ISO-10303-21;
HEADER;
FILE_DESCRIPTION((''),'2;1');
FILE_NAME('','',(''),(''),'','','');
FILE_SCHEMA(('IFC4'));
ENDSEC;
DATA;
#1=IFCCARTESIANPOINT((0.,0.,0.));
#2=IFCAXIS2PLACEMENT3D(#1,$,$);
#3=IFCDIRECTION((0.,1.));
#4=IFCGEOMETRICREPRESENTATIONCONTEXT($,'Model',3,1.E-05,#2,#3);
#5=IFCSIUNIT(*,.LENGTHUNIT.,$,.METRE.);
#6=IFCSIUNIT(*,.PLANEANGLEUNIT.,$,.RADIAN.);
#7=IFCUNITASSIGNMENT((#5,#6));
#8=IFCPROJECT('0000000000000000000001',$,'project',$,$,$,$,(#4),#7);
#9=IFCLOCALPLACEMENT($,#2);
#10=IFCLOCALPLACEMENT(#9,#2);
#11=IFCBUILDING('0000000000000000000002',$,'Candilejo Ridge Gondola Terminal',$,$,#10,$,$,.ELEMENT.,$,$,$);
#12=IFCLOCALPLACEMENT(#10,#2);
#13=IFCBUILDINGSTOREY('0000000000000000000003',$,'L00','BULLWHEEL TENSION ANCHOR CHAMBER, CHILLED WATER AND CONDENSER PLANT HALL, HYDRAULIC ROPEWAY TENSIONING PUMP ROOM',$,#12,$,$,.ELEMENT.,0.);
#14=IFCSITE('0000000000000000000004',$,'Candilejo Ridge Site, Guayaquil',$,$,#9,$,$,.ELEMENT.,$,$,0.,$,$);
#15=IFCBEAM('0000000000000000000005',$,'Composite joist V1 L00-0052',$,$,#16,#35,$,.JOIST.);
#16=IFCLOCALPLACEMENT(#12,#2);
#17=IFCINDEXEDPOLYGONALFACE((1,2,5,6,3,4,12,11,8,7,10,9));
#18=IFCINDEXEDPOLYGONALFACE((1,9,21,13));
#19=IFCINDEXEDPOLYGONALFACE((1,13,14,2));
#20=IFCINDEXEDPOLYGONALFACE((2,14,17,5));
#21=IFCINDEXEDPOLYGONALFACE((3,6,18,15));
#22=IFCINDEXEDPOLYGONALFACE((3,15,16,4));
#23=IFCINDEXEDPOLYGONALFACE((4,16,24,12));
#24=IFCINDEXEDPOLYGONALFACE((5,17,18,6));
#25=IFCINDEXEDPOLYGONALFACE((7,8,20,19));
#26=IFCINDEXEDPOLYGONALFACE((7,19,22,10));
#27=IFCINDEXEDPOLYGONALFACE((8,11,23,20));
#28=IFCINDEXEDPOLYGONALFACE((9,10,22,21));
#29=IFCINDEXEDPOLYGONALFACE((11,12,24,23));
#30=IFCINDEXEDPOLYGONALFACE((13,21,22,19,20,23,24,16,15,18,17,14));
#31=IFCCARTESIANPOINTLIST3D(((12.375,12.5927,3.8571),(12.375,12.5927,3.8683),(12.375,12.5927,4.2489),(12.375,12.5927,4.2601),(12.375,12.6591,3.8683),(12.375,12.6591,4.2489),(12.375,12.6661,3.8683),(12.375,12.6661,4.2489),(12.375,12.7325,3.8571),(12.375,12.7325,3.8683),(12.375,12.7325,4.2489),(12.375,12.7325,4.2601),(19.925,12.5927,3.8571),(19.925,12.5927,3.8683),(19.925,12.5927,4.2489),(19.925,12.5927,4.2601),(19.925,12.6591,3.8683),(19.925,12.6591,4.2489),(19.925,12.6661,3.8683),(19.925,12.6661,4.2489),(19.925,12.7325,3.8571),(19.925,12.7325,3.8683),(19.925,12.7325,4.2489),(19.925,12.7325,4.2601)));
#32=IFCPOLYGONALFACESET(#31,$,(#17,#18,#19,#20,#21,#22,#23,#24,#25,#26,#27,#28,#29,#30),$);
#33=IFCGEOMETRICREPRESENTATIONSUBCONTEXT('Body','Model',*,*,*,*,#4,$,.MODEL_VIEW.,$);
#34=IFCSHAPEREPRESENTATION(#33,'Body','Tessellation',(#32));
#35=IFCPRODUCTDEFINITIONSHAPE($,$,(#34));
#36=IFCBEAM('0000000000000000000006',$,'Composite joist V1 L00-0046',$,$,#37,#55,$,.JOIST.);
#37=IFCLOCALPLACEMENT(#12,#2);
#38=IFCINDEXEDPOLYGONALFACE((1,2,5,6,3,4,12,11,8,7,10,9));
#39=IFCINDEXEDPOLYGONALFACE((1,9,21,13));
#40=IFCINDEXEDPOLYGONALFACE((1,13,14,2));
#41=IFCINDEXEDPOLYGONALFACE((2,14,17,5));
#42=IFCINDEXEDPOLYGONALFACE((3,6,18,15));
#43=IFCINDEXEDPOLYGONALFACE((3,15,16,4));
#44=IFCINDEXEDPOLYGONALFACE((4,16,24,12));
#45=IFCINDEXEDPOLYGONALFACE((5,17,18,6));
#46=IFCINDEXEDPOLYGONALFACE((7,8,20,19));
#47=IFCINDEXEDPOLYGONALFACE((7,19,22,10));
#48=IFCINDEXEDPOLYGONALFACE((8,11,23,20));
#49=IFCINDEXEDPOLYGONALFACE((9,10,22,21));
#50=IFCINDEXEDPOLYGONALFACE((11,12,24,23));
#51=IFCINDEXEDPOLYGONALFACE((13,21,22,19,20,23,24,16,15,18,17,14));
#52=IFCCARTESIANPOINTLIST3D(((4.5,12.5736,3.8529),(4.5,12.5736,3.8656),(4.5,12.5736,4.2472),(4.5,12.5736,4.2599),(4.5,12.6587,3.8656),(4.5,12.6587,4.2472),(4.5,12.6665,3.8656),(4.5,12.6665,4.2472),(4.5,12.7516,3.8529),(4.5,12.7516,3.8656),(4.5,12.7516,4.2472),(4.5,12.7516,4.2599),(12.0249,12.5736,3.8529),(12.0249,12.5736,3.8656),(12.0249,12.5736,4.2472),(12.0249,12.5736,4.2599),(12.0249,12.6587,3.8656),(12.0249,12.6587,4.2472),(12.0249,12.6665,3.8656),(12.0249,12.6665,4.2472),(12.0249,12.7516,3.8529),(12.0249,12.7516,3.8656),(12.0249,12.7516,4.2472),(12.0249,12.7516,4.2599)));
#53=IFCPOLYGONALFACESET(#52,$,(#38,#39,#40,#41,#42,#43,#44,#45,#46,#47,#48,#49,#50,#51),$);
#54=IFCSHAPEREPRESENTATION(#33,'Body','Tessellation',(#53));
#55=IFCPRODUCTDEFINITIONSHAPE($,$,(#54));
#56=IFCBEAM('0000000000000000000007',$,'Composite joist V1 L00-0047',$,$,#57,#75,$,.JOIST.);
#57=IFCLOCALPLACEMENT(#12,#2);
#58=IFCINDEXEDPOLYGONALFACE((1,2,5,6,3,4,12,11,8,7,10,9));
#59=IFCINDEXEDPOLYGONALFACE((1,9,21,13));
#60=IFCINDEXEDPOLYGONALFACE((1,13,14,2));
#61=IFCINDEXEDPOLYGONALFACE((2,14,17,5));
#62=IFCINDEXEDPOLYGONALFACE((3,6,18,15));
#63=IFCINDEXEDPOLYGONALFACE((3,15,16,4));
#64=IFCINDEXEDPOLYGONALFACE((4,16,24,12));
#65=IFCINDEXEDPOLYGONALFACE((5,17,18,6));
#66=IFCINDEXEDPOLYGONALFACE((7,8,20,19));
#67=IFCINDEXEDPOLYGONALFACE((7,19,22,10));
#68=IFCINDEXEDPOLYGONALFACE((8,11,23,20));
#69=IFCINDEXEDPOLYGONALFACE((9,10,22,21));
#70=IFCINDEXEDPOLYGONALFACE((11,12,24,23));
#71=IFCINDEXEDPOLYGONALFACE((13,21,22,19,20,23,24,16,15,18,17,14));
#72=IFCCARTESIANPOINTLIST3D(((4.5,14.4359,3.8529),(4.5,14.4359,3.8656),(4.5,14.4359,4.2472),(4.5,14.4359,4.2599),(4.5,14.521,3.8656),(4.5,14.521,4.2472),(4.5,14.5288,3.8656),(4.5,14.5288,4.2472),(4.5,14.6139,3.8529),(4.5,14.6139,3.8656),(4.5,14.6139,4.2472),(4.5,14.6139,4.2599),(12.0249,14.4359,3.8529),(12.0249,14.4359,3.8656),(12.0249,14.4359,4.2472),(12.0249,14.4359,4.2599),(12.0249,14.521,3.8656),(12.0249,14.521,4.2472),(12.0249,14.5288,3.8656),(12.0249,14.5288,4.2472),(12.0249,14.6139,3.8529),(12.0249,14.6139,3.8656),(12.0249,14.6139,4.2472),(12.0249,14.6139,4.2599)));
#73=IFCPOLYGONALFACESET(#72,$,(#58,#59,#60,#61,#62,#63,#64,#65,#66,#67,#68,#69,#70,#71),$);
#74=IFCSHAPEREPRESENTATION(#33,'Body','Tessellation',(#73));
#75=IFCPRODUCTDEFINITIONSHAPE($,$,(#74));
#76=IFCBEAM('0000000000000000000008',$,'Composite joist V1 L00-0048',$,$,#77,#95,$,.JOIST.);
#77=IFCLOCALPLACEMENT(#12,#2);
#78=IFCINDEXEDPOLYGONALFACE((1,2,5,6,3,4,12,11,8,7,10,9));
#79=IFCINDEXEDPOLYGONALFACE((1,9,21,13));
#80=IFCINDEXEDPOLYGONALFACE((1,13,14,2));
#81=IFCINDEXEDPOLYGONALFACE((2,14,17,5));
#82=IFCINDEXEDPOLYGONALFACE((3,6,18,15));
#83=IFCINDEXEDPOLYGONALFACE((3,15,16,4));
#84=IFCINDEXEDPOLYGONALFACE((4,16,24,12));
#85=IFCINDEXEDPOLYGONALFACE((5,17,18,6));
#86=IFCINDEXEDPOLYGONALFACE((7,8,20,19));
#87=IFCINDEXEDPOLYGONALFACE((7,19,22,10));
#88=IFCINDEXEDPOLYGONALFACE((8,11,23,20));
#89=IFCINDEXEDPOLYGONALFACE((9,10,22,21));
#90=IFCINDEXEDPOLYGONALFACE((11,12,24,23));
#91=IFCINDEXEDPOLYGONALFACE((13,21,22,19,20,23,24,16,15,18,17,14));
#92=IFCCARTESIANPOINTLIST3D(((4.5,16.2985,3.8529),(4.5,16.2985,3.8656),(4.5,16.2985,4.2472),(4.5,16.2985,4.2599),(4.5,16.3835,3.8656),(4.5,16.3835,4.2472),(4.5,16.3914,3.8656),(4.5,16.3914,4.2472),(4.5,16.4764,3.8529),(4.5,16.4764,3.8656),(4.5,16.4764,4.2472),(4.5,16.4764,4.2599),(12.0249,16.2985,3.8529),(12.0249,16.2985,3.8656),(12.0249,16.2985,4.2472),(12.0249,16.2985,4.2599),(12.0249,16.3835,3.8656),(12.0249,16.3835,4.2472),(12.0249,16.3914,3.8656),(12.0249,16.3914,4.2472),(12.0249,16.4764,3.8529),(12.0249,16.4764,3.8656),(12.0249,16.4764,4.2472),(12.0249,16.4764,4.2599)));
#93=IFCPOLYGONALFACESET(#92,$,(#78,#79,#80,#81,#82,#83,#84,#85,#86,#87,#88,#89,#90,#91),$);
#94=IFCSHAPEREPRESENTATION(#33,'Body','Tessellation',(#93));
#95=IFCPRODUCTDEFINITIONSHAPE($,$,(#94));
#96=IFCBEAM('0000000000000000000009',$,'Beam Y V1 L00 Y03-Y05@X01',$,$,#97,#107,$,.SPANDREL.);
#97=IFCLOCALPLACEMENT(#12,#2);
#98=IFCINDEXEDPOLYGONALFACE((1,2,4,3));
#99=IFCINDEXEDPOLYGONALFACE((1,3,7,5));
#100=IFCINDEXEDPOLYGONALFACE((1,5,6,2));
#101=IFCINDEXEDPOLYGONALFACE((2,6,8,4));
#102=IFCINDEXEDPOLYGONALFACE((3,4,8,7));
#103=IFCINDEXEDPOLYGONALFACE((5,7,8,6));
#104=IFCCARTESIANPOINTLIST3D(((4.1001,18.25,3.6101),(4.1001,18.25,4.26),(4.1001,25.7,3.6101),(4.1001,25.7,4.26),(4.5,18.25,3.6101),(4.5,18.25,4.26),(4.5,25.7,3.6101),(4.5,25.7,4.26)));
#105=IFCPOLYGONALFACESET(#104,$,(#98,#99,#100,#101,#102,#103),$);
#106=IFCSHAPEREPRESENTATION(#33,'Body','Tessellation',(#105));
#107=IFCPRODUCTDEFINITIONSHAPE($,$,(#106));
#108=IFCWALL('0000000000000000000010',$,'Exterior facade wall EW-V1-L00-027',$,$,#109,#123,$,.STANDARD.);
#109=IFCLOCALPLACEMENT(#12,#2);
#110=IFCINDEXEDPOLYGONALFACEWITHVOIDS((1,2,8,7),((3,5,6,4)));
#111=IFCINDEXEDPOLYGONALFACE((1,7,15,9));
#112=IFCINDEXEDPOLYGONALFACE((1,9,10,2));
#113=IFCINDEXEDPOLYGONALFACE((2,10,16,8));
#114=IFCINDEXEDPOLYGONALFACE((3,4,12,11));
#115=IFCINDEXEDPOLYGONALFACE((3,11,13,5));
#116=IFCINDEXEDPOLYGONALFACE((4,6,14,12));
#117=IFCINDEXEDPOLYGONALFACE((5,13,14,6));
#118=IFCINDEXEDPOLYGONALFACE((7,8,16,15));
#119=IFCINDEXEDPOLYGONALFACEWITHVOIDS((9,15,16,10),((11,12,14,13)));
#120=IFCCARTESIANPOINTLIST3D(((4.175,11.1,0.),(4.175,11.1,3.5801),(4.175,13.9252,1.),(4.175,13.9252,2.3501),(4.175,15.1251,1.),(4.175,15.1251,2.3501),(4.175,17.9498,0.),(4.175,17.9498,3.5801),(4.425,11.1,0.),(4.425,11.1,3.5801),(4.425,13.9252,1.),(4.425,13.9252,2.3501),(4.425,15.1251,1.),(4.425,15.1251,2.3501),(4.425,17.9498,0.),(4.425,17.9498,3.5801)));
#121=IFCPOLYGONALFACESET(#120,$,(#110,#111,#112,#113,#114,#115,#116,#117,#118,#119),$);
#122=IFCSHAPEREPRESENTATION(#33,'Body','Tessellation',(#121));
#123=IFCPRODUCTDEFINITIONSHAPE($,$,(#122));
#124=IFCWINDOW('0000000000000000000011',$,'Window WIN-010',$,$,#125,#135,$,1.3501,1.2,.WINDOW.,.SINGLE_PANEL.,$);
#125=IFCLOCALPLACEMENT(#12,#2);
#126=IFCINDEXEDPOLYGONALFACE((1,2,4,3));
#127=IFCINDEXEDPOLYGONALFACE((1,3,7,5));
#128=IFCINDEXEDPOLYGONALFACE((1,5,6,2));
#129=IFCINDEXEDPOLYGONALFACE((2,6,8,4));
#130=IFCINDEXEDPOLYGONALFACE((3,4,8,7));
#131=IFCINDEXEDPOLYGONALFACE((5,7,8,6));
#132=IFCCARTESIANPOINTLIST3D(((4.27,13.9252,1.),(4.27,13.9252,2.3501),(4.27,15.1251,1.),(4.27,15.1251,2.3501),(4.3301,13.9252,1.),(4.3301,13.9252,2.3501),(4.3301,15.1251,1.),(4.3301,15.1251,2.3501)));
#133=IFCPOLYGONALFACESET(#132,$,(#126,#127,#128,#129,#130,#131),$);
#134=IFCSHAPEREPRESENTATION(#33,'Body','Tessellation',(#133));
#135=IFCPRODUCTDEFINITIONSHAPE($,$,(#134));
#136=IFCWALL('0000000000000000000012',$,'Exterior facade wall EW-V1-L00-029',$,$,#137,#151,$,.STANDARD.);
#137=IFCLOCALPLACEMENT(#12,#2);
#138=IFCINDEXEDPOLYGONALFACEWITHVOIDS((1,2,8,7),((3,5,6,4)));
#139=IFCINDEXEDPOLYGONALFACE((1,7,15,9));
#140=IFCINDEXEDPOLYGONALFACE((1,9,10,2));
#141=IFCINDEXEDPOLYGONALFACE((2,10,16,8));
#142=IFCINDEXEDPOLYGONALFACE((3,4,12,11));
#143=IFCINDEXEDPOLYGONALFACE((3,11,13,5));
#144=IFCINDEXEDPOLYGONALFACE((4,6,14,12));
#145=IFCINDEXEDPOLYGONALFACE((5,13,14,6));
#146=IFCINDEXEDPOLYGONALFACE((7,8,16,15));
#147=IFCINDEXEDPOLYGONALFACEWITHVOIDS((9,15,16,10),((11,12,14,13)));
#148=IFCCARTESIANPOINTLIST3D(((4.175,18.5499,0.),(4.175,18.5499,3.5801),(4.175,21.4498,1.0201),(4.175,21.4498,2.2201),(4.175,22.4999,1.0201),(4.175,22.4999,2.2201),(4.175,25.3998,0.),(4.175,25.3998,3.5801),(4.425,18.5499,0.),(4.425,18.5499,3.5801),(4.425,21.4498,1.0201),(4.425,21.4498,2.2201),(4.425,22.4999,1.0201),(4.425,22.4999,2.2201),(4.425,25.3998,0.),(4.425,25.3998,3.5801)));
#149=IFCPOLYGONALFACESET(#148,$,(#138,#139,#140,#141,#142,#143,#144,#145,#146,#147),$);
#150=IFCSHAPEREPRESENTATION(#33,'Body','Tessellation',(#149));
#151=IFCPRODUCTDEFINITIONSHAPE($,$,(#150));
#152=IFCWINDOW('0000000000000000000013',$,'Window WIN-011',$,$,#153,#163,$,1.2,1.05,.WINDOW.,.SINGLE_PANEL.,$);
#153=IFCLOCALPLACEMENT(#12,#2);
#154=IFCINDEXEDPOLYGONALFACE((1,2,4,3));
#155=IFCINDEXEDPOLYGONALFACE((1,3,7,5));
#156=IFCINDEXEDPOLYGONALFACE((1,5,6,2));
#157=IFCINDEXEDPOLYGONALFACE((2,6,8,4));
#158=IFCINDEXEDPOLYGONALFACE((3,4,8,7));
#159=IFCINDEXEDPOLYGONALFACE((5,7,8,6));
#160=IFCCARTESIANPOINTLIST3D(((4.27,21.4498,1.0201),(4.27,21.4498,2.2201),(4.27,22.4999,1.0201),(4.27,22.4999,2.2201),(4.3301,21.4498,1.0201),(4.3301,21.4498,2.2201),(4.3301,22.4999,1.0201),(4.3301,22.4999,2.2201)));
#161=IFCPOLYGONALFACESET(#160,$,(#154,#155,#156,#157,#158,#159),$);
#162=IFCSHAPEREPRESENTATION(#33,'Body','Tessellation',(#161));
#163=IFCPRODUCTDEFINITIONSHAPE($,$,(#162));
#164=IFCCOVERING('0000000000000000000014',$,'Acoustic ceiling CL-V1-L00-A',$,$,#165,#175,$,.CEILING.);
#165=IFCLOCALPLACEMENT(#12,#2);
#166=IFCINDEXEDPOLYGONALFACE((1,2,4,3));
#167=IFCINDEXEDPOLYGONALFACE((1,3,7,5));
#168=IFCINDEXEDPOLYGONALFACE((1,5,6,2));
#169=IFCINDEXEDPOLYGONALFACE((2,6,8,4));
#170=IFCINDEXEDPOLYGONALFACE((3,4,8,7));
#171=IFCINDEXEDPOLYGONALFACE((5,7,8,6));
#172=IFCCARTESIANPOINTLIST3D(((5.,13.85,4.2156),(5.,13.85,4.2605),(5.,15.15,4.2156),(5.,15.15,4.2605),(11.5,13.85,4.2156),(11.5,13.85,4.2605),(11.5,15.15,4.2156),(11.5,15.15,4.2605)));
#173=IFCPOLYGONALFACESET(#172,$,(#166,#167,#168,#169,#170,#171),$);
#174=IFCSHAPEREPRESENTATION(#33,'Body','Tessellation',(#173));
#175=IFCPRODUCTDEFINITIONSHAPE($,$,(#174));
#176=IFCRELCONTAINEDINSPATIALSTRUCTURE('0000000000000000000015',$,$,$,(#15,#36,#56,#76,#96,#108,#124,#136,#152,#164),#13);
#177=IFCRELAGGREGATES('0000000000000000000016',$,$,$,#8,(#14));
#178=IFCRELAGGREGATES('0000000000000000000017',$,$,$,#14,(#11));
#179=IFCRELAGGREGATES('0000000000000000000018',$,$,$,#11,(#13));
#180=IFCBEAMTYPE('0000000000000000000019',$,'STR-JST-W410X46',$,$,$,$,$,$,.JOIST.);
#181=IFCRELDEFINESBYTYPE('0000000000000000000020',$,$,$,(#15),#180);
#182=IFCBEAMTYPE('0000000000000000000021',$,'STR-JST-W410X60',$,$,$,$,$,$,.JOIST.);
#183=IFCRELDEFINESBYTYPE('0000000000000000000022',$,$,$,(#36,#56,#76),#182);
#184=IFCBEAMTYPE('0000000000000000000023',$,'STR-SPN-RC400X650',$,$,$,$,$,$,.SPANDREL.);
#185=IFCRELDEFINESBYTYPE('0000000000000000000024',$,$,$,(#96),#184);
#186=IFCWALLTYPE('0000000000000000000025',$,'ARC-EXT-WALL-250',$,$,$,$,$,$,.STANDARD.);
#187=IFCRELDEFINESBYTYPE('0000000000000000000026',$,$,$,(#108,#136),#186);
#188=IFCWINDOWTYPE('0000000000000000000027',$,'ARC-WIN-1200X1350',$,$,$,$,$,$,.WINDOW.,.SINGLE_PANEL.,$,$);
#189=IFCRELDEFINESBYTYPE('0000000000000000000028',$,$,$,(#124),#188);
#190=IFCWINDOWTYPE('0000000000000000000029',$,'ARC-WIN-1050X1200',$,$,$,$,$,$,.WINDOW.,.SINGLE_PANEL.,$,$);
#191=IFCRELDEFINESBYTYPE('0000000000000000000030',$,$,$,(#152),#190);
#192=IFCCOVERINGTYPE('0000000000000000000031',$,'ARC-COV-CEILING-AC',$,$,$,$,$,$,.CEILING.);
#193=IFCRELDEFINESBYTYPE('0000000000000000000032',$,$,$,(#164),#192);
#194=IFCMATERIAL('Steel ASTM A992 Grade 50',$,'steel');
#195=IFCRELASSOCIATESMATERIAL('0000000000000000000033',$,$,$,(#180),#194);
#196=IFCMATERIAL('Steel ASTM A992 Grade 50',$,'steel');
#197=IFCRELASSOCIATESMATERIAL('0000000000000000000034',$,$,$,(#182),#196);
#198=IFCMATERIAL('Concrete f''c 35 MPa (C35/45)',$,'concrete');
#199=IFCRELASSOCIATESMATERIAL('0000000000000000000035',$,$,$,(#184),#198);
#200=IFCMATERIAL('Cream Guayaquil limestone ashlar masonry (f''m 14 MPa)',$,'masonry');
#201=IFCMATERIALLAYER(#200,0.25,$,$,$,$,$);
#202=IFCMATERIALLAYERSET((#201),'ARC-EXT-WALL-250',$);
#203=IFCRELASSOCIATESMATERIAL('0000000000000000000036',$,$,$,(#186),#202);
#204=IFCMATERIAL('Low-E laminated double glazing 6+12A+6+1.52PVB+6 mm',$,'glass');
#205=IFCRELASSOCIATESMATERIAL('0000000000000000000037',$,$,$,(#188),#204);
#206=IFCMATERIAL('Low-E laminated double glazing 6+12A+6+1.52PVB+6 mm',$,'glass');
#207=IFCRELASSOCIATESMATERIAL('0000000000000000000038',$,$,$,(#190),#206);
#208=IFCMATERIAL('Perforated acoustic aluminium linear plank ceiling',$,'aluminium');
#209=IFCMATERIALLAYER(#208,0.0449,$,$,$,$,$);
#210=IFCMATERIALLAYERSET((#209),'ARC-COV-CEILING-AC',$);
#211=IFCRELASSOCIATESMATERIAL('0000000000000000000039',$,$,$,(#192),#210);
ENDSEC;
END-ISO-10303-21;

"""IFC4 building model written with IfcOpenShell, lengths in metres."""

from ifc_helpers import new_model, si_unit, direction, frame, frame_2d, origin, origin_2d, place, context, subcontext, project, spatial, rectangle, i_section, extrude, material, layer, layer_set, material_profile, profile_set, type_object, element, fill, save


model = new_model("IFC4")

# Units and contexts
model_context = context("Model", 3, precision=1e-05, world=origin(), true_north=direction((0.0, 1.0)))
body_context = subcontext(model_context, "Body", "Model", "MODEL_VIEW")
ifc_project = project(units=[si_unit("LENGTHUNIT", "METRE"), si_unit("PLANEANGLEUNIT", "RADIAN")], contexts=[model_context])

# Site, building, storey
site_placement = place(None, origin())
site = spatial("IfcSite", under=ifc_project, at=site_placement, Name="Candilejo Ridge Site, Guayaquil", CompositionType="ELEMENT", RefElevation=0.0)
building_placement = place(site_placement, origin())
building = spatial("IfcBuilding", under=site, at=building_placement, Name="Candilejo Ridge Gondola Terminal", CompositionType="ELEMENT")
storey_placement = place(building_placement, origin())
storey = spatial("IfcBuildingStorey", under=building, at=storey_placement, Name="L00", Description="BULLWHEEL TENSION ANCHOR CHAMBER, CHILLED WATER AND CONDENSER PLANT HALL, HYDRAULIC ROPEWAY TENSIONING PUMP ROOM", CompositionType="ELEMENT", Elevation=0.0)

# Beams
ifc_material_1 = material(Name="Steel ASTM A992 Grade 50", Category="steel")
ifc_material_profile_1 = material_profile(ifc_material_1, i_section(OverallWidth=0.1399, OverallDepth=0.4031, WebThickness=0.0071, FlangeThickness=0.0112, at=origin_2d()))
ifc_profile_set_1 = profile_set([ifc_material_profile_1], Name="Steel ASTM A992 Grade 50")
beam_type_1 = type_object("IfcBeamType", Name="STR-JST-W410X46", PredefinedType="JOIST", material=ifc_profile_set_1)
beam_1_placement = place(storey_placement, frame((12.375, 12.6626, 4.0586), z_axis=(1.0, 0.0, 0.0), x_axis=(0.0, 1.0, 0.0)))
element("IfcBeam", 1, at=beam_1_placement, inside=storey, type_object=beam_type_1, Name="Composite joist V1 L00-0052", PredefinedType="JOIST", context=body_context, shape_type="SweptSolid", body=[
    extrude(i_section(OverallWidth=0.1399, OverallDepth=0.4031, WebThickness=0.0071, FlangeThickness=0.0112, at=origin_2d()), origin(), (0.0, 0.0, 1.0), 7.55),
])
ifc_material_2 = material(Name="Steel ASTM A992 Grade 50", Category="steel")
ifc_material_profile_2 = material_profile(ifc_material_2, i_section(OverallWidth=0.178, OverallDepth=0.407, WebThickness=0.0078, FlangeThickness=0.0127, at=origin_2d()))
ifc_profile_set_2 = profile_set([ifc_material_profile_2], Name="Steel ASTM A992 Grade 50")
beam_type_2 = type_object("IfcBeamType", Name="STR-JST-W410X60", PredefinedType="JOIST", material=ifc_profile_set_2)
for number, where, z_axis, x_axis, name in (
    (2, (4.5, 12.6626, 4.0564), (1.0, 0.0, 0.0), (0.0, 1.0, 0.0), "Composite joist V1 L00-0046"),
    (3, (4.5, 14.5249, 4.0564), (1.0, 0.0, 0.0), (0.0, 1.0, 0.0), "Composite joist V1 L00-0047"),
    (4, (4.5, 16.3875, 4.0564), (1.0, 0.0, 0.0), (0.0, 1.0, 0.0), "Composite joist V1 L00-0048"),
):
    element("IfcBeam", number, at=place(storey_placement, frame(where, z_axis=z_axis, x_axis=x_axis)), inside=storey, type_object=beam_type_2, Name=name, PredefinedType="JOIST", context=body_context, shape_type="SweptSolid", body=[
        extrude(i_section(OverallWidth=0.178, OverallDepth=0.407, WebThickness=0.0078, FlangeThickness=0.0127, at=origin_2d()), origin(), (0.0, 0.0, 1.0), 7.5249),
    ])
ifc_material_3 = material(Name="Concrete f'c 35 MPa (C35/45)", Category="concrete")
ifc_material_profile_3 = material_profile(ifc_material_3, rectangle(XDim=0.3999, YDim=0.6499, at=origin_2d()))
ifc_profile_set_3 = profile_set([ifc_material_profile_3], Name="Concrete f'c 35 MPa (C35/45)")
beam_type_3 = type_object("IfcBeamType", Name="STR-SPN-RC400X650", PredefinedType="SPANDREL", material=ifc_profile_set_3)
beam_2_placement = place(storey_placement, frame((4.3, 18.25, 3.9351), z_axis=(0.0, 1.0, 0.0), x_axis=(-1.0, 0.0, 0.0)))
element("IfcBeam", 5, at=beam_2_placement, inside=storey, type_object=beam_type_3, Name="Beam Y V1 L00 Y03-Y05@X01", PredefinedType="SPANDREL", context=body_context, shape_type="SweptSolid", body=[
    extrude(rectangle(XDim=0.3999, YDim=0.6499, at=origin_2d()), origin(), (0.0, 0.0, 1.0), 7.45),
])

# Walls, openings, windows
ifc_material_4 = material(Name="Cream Guayaquil limestone ashlar masonry (f'm 14 MPa)", Category="masonry")
ifc_layer_1 = layer(ifc_material_4, 0.25)
ifc_layer_set_1 = layer_set([ifc_layer_1], Name="ARC-EXT-WALL-250")
wall_type = type_object("IfcWallType", Name="ARC-EXT-WALL-250", PredefinedType="STANDARD", material=ifc_layer_set_1)
wall_1_placement = place(storey_placement, frame((4.3, 11.1001, 0.0), z_axis=(0.0, 0.0, 1.0), x_axis=(0.0, 1.0, 0.0)))
wall_1 = element("IfcWall", 6, at=wall_1_placement, inside=storey, type_object=wall_type, Name="Exterior facade wall EW-V1-L00-027", PredefinedType="STANDARD", context=body_context, shape_type="SweptSolid", body=[
    extrude(rectangle(XDim=6.8499, YDim=0.25, at=frame_2d((3.4248, 0.0))), origin(), (0.0, 0.0, 1.0), 3.5801),
])
opening_1_placement = place(wall_1_placement, frame((2.825, 0.0, 1.0)))
opening_1 = element("IfcOpeningElement", 7, at=opening_1_placement, cuts=wall_1, PredefinedType="OPENING", context=body_context, shape_type="SweptSolid", body=[
    extrude(rectangle(XDim=1.2, YDim=1.3501, at=frame_2d((0.6001, 0.675))), frame((0.0, 0.135, 0.0), z_axis=(0.0, -1.0, 0.0), x_axis=(1.0, 0.0, 0.0)), (0.0, 0.0, 1.0), 0.27),
])
ifc_material_5 = material(Name="Low-E laminated double glazing 6+12A+6+1.52PVB+6 mm", Category="glass")
window_type_1 = type_object("IfcWindowType", Name="ARC-WIN-1200X1350", PartitioningType="SINGLE_PANEL", PredefinedType="WINDOW", material=ifc_material_5)
window_1_placement = place(opening_1_placement, origin())
window_1 = element("IfcWindow", 8, at=window_1_placement, inside=storey, type_object=window_type_1, Name="Window WIN-010", OverallHeight=1.3501, OverallWidth=1.2, PartitioningType="SINGLE_PANEL", PredefinedType="WINDOW", context=body_context, shape_type="SweptSolid", body=[
    extrude(rectangle(XDim=1.2, YDim=1.3501, at=frame_2d((0.6001, 0.675))), frame((0.0, 0.03, 0.0), z_axis=(0.0, -1.0, 0.0), x_axis=(1.0, 0.0, 0.0)), (0.0, 0.0, 1.0), 0.0601),
])
fill(opening_1, window_1)
wall_2_placement = place(storey_placement, frame((4.3, 18.55, 0.0), z_axis=(0.0, 0.0, 1.0), x_axis=(0.0, 1.0, 0.0)))
wall_2 = element("IfcWall", 9, at=wall_2_placement, inside=storey, type_object=wall_type, Name="Exterior facade wall EW-V1-L00-029", PredefinedType="STANDARD", context=body_context, shape_type="SweptSolid", body=[
    extrude(rectangle(XDim=6.8499, YDim=0.25, at=frame_2d((3.4248, 0.0))), origin(), (0.0, 0.0, 1.0), 3.5801),
])
opening_2_placement = place(wall_2_placement, frame((2.8999, 0.0, 1.02)))
opening_2 = element("IfcOpeningElement", 10, at=opening_2_placement, cuts=wall_2, PredefinedType="OPENING", context=body_context, shape_type="SweptSolid", body=[
    extrude(rectangle(XDim=1.05, YDim=1.2, at=frame_2d((0.5249, 0.6001))), frame((0.0, 0.135, 0.0), z_axis=(0.0, -1.0, 0.0), x_axis=(1.0, 0.0, 0.0)), (0.0, 0.0, 1.0), 0.27),
])
ifc_material_6 = material(Name="Low-E laminated double glazing 6+12A+6+1.52PVB+6 mm", Category="glass")
window_type_2 = type_object("IfcWindowType", Name="ARC-WIN-1050X1200", PartitioningType="SINGLE_PANEL", PredefinedType="WINDOW", material=ifc_material_6)
window_2_placement = place(opening_2_placement, origin())
window_2 = element("IfcWindow", 11, at=window_2_placement, inside=storey, type_object=window_type_2, Name="Window WIN-011", OverallHeight=1.2, OverallWidth=1.05, PartitioningType="SINGLE_PANEL", PredefinedType="WINDOW", context=body_context, shape_type="SweptSolid", body=[
    extrude(rectangle(XDim=1.05, YDim=1.2, at=frame_2d((0.5249, 0.6001))), frame((0.0, 0.03, 0.0), z_axis=(0.0, -1.0, 0.0), x_axis=(1.0, 0.0, 0.0)), (0.0, 0.0, 1.0), 0.0601),
])
fill(opening_2, window_2)

# Covering
ifc_material_7 = material(Name="Perforated acoustic aluminium linear plank ceiling", Category="aluminium")
ifc_layer_2 = layer(ifc_material_7, 0.0449)
ifc_layer_set_2 = layer_set([ifc_layer_2], Name="ARC-COV-CEILING-AC")
covering_type_1 = type_object("IfcCoveringType", Name="ARC-COV-CEILING-AC", PredefinedType="CEILING", material=ifc_layer_set_2)
covering_1_placement = place(storey_placement, frame((8.25, 14.5, 4.2156), z_axis=(0.0, 0.0, 1.0), x_axis=(1.0, 0.0, 0.0)))
element("IfcCovering", 12, at=covering_1_placement, inside=storey, type_object=covering_type_1, Name="Acoustic ceiling CL-V1-L00-A", PredefinedType="CEILING", context=body_context, shape_type="SweptSolid", body=[
    extrude(rectangle(XDim=6.5, YDim=1.3, at=origin_2d()), origin(), (0.0, 0.0, 1.0), 0.0449),
])

save(model, "model.ifc")
